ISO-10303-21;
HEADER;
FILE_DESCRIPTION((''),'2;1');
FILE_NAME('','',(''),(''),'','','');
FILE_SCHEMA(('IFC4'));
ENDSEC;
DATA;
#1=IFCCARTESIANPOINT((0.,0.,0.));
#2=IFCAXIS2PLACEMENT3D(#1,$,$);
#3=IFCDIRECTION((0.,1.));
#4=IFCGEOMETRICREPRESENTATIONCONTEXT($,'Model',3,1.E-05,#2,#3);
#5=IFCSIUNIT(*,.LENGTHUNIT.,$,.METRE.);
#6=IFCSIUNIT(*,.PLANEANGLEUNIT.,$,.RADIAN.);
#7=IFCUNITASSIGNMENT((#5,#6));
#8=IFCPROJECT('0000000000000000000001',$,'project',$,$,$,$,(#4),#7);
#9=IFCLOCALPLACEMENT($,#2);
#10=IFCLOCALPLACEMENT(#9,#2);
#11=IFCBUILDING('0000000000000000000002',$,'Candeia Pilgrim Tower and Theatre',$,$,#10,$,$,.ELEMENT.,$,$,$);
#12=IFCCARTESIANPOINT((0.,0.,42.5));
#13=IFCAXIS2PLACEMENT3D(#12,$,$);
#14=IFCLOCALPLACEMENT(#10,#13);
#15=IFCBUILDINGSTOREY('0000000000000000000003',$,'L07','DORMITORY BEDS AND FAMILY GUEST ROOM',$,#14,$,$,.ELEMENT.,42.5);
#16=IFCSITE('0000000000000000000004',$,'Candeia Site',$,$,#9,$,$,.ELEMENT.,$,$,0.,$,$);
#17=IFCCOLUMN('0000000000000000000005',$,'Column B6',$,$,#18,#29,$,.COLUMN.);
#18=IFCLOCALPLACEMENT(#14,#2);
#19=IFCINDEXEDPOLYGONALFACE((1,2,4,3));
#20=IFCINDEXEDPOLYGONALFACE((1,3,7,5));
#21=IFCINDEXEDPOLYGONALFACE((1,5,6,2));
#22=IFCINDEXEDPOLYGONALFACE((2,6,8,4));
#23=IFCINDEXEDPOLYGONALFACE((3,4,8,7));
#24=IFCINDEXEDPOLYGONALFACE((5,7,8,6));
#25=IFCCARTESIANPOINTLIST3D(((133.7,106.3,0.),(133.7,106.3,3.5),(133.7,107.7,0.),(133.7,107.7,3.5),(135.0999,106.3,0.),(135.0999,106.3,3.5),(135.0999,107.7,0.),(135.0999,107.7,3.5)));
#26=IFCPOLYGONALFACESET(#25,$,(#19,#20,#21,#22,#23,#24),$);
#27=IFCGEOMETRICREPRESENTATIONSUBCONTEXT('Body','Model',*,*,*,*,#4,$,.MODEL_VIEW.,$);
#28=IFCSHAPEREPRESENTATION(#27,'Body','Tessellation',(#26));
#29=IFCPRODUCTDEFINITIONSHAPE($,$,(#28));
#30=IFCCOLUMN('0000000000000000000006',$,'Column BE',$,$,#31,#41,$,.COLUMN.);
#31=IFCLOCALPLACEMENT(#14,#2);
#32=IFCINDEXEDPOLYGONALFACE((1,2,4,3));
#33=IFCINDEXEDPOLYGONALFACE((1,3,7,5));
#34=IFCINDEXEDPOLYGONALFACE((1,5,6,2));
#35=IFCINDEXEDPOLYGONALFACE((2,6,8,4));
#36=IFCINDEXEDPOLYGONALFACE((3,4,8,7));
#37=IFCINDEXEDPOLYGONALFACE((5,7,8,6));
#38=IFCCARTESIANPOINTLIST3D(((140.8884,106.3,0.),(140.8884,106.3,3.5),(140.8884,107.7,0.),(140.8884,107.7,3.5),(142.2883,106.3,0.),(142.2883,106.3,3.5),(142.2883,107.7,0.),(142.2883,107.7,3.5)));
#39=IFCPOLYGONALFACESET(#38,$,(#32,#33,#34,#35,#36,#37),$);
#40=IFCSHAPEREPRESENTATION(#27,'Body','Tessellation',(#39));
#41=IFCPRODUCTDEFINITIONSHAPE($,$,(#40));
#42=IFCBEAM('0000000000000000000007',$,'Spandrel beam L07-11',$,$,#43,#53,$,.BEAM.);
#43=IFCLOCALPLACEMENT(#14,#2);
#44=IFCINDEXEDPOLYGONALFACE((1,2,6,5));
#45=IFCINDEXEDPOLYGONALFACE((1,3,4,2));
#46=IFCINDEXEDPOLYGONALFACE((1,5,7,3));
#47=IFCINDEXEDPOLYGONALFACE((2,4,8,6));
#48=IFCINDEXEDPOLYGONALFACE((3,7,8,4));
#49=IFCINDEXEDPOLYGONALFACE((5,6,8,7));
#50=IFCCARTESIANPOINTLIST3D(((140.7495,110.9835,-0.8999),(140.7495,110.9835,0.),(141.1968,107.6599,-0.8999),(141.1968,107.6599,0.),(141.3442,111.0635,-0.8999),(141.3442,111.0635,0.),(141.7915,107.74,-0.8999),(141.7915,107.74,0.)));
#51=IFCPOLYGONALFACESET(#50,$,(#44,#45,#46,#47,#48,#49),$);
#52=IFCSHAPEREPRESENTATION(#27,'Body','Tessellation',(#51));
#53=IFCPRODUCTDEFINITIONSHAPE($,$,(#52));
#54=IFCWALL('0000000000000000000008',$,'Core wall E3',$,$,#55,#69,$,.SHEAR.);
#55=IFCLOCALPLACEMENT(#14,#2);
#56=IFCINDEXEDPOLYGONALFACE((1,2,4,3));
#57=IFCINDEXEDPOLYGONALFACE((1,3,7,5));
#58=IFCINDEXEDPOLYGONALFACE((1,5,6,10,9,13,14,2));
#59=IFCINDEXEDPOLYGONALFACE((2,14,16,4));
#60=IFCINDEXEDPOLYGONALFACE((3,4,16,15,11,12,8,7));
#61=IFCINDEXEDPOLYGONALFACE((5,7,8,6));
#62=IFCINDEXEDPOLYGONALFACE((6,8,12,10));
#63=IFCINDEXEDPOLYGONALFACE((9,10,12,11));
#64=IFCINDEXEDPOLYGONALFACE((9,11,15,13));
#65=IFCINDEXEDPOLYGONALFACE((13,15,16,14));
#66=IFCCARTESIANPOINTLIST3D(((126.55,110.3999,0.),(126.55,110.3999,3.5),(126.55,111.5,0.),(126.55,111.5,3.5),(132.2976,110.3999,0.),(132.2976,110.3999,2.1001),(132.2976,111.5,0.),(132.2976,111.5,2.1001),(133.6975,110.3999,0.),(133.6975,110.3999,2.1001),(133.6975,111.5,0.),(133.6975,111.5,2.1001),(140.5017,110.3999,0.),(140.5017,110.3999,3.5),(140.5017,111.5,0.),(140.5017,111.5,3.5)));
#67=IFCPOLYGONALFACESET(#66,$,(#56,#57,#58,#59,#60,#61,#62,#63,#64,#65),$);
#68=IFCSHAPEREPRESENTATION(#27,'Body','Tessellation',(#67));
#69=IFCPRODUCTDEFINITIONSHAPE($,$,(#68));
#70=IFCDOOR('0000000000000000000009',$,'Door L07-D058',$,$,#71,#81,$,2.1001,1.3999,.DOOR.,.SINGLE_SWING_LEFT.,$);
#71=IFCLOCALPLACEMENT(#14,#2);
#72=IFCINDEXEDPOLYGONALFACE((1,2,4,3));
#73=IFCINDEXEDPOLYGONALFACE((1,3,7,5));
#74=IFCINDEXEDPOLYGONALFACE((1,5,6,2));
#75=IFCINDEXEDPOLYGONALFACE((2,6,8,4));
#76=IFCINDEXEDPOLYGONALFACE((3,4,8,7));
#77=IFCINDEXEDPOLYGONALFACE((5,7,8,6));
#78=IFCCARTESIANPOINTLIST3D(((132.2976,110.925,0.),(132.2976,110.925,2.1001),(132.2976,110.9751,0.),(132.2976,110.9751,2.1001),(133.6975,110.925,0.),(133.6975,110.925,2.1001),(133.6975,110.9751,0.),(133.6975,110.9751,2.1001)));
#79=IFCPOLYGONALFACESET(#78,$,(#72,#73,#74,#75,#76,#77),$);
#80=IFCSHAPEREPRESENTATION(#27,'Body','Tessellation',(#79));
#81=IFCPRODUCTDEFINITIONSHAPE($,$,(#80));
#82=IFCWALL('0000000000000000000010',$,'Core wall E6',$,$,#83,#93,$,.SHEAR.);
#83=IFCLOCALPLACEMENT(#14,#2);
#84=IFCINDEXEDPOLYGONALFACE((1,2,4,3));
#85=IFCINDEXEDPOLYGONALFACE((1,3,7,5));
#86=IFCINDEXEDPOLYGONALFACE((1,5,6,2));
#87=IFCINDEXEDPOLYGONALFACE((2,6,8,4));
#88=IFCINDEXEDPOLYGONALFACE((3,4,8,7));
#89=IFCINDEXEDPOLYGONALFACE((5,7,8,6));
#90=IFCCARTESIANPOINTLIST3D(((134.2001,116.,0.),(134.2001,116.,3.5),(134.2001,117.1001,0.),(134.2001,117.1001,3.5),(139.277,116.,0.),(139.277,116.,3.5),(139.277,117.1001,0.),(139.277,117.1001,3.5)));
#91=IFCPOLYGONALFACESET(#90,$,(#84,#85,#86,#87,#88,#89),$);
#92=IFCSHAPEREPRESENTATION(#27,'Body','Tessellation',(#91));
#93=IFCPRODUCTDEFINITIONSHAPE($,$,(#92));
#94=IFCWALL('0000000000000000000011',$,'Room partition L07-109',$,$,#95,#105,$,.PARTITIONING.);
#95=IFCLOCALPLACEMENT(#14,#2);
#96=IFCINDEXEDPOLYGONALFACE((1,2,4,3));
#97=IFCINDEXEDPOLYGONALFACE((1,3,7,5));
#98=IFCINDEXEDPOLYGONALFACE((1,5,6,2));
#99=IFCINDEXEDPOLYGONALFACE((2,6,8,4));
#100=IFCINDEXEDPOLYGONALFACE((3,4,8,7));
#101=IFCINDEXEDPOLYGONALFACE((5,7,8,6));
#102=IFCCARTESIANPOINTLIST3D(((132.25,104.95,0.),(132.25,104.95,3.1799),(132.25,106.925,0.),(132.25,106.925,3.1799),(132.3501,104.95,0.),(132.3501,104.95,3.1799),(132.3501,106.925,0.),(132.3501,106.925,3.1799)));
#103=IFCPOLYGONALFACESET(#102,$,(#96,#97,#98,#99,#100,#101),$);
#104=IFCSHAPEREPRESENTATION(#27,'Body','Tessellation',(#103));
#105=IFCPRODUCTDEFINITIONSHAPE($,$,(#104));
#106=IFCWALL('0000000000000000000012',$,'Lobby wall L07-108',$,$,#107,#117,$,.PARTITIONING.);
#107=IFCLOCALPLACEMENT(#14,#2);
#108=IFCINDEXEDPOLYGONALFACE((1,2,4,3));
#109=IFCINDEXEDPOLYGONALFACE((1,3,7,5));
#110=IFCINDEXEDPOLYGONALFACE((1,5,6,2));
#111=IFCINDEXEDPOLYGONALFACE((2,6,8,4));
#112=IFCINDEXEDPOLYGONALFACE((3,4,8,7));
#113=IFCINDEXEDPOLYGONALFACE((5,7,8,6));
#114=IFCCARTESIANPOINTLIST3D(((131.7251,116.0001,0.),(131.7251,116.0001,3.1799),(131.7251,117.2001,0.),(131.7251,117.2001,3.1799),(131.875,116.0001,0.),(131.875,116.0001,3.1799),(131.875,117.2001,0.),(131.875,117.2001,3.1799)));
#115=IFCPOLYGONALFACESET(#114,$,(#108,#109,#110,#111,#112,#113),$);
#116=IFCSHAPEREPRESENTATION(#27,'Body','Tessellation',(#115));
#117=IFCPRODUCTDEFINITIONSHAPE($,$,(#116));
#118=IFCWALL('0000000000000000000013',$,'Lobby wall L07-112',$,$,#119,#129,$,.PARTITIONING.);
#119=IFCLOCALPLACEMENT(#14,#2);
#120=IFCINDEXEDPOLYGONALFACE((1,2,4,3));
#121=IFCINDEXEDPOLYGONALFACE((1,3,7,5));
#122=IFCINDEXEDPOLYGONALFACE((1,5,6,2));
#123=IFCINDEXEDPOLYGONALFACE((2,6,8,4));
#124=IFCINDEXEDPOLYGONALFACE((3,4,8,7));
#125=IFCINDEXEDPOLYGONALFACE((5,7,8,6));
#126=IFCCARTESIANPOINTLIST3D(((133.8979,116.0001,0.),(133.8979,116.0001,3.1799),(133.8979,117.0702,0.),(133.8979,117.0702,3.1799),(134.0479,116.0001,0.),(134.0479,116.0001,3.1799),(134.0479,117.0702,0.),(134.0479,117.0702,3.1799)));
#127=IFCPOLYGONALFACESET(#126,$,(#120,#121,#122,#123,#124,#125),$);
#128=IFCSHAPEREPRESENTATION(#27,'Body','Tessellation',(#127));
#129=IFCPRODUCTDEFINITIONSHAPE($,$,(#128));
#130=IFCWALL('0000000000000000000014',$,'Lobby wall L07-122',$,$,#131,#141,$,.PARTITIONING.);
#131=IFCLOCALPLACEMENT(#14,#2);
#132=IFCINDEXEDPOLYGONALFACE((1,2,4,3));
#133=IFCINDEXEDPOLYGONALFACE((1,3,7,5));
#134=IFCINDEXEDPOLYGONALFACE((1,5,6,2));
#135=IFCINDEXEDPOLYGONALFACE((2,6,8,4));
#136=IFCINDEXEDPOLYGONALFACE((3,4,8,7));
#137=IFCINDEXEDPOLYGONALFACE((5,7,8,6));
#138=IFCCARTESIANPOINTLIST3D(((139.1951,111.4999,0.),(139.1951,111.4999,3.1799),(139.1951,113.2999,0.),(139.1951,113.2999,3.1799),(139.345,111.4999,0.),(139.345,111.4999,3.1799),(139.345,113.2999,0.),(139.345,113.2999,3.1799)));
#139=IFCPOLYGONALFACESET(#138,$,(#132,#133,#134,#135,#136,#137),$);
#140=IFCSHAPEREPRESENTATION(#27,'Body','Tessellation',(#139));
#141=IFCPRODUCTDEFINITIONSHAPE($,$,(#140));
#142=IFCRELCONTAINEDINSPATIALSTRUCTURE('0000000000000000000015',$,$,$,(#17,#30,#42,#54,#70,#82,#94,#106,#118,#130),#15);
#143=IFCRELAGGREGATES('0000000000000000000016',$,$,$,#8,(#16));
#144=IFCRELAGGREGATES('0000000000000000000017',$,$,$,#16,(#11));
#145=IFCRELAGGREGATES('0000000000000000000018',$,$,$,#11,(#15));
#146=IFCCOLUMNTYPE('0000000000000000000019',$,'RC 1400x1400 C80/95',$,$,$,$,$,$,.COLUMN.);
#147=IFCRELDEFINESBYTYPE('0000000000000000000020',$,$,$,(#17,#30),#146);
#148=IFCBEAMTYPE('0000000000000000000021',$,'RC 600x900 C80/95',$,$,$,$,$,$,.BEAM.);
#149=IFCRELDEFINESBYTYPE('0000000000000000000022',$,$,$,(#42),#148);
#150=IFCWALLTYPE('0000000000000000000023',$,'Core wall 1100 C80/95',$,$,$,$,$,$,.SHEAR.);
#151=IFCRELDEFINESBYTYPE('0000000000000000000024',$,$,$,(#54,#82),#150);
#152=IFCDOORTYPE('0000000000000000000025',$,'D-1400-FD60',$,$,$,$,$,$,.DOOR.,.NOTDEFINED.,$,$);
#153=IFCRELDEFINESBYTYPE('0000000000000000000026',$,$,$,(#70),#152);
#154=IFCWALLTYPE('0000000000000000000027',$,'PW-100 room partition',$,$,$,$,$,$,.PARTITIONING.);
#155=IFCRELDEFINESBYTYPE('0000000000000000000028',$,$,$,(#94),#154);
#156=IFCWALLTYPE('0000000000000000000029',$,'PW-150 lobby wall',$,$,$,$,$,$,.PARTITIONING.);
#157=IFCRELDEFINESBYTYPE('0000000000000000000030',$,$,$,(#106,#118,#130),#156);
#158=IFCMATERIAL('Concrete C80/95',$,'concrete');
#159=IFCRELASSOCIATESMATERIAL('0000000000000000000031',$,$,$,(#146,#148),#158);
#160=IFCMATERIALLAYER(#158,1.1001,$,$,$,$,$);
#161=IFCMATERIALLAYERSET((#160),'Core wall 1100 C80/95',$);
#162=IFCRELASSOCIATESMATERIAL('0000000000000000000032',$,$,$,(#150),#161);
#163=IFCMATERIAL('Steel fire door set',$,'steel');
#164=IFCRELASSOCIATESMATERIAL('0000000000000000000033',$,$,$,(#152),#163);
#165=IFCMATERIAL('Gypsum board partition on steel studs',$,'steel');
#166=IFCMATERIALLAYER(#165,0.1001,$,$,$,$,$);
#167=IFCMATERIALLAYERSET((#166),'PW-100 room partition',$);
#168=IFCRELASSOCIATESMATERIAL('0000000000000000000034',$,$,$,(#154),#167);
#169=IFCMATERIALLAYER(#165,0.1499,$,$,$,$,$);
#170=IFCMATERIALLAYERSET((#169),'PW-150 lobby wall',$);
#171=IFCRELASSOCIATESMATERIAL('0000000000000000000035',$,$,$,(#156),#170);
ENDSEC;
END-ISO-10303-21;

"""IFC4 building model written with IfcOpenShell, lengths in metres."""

from ifc_helpers import new_model, si_unit, direction, frame, frame_2d, origin, origin_2d, place, context, subcontext, project, spatial, rectangle, extrude, material, layer, layer_set, material_profile, profile_set, type_object, element, fill, save


model = new_model("IFC4")

# Units and contexts
model_context = context("Model", 3, precision=1e-05, world=origin(), true_north=direction((0.0, 1.0)))
body_context = subcontext(model_context, "Body", "Model", "MODEL_VIEW")
ifc_project = project(units=[si_unit("LENGTHUNIT", "METRE"), si_unit("PLANEANGLEUNIT", "RADIAN")], contexts=[model_context])

# Site, building, storey
site_placement = place(None, origin())
site = spatial("IfcSite", under=ifc_project, at=site_placement, Name="Candeia Site", CompositionType="ELEMENT", RefElevation=0.0)
building_placement = place(site_placement, origin())
building = spatial("IfcBuilding", under=site, at=building_placement, Name="Candeia Pilgrim Tower and Theatre", CompositionType="ELEMENT")
storey_placement = place(building_placement, frame((0.0, 0.0, 42.5)))
storey = spatial("IfcBuildingStorey", under=building, at=storey_placement, Name="L07", Description="DORMITORY BEDS AND FAMILY GUEST ROOM", CompositionType="ELEMENT", Elevation=42.5)

# Columns
ifc_material_1 = material(Name="Concrete C80/95", Category="concrete")
ifc_material_profile_1 = material_profile(ifc_material_1, rectangle(XDim=1.3999, YDim=1.3999, at=origin_2d()))
ifc_profile_set_1 = profile_set([ifc_material_profile_1], Name="Concrete C80/95")
column_type = type_object("IfcColumnType", Name="RC 1400x1400 C80/95", PredefinedType="COLUMN", material=ifc_profile_set_1)
for number, where, z_axis, x_axis, name in (
    (1, (134.3999, 107.0, 0.0), (0.0, 0.0, 1.0), (1.0, 0.0, 0.0), "Column B6"),
    (2, (141.5884, 107.0, 0.0), (0.0, 0.0, 1.0), (1.0, 0.0, 0.0), "Column BE"),
):
    element("IfcColumn", number, at=place(storey_placement, frame(where, z_axis=z_axis, x_axis=x_axis)), inside=storey, type_object=column_type, Name=name, PredefinedType="COLUMN", context=body_context, shape_type="SweptSolid", body=[
        extrude(rectangle(XDim=1.3999, YDim=1.3999, at=origin_2d()), origin(), (0.0, 0.0, 1.0), 3.5),
    ])

# Beam
ifc_material_profile_2 = material_profile(ifc_material_1, rectangle(XDim=0.6001, YDim=0.8999, at=origin_2d()))
ifc_profile_set_2 = profile_set([ifc_material_profile_2], Name="Concrete C80/95")
beam_type = type_object("IfcBeamType", Name="RC 600x900 C80/95", PredefinedType="BEAM", material=ifc_profile_set_2)
beam_placement = place(storey_placement, frame((141.4941, 107.7, -0.45), z_axis=(-0.133375, 0.991066, 0.0), x_axis=(-0.991066, -0.133375, 0.0)))
element("IfcBeam", 3, at=beam_placement, inside=storey, type_object=beam_type, Name="Spandrel beam L07-11", PredefinedType="BEAM", context=body_context, shape_type="SweptSolid", body=[
    extrude(rectangle(XDim=0.6001, YDim=0.8999, at=origin_2d()), origin(), (0.0, 0.0, 1.0), 3.3535),
])

# Wall, opening, door
ifc_layer_1 = layer(ifc_material_1, 1.1001)
ifc_layer_set_1 = layer_set([ifc_layer_1], Name="Core wall 1100 C80/95")
wall_type_1 = type_object("IfcWallType", Name="Core wall 1100 C80/95", PredefinedType="SHEAR", material=ifc_layer_set_1)
wall_1_placement = place(storey_placement, frame((140.5017, 110.95, 0.0), z_axis=(0.0, 0.0, 1.0), x_axis=(-1.0, 0.0, 0.0)))
wall_1 = element("IfcWall", 4, at=wall_1_placement, inside=storey, type_object=wall_type_1, Name="Core wall E3", PredefinedType="SHEAR", context=body_context, shape_type="SweptSolid", body=[
    extrude(rectangle(XDim=13.9517, YDim=1.1001, at=frame_2d((6.9758, 0.0))), origin(), (0.0, 0.0, 1.0), 3.5),
])
opening_1_placement = place(wall_1_placement, frame((6.8042, 0.0, 0.0)))
opening_1 = element("IfcOpeningElement", 5, at=opening_1_placement, cuts=wall_1, PredefinedType="OPENING", context=body_context, shape_type="SweptSolid", body=[
    extrude(rectangle(XDim=1.3999, YDim=2.1001, at=frame_2d((0.7, 1.05))), frame((0.0, 0.5601, 0.0), z_axis=(0.0, -1.0, 0.0), x_axis=(1.0, 0.0, 0.0)), (0.0, 0.0, 1.0), 1.1201),
])
ifc_material_2 = material(Name="Steel fire door set", Category="steel")
door_type_1 = type_object("IfcDoorType", Name="D-1400-FD60", OperationType="NOTDEFINED", PredefinedType="DOOR", material=ifc_material_2)
door_1_placement = place(opening_1_placement, origin())
door_1 = element("IfcDoor", 6, at=door_1_placement, inside=storey, type_object=door_type_1, Name="Door L07-D058", OperationType="SINGLE_SWING_LEFT", OverallHeight=2.1001, OverallWidth=1.3999, PredefinedType="DOOR", context=body_context, shape_type="SweptSolid", body=[
    extrude(rectangle(XDim=1.3999, YDim=2.1001, at=frame_2d((0.7, 1.05))), frame((0.0, 0.0249, 0.0), z_axis=(0.0, -1.0, 0.0), x_axis=(1.0, 0.0, 0.0)), (0.0, 0.0, 1.0), 0.05),
])
fill(opening_1, door_1)

# Walls
wall_2_placement = place(storey_placement, frame((134.2, 116.55, 0.0), z_axis=(0.0, 0.0, 1.0), x_axis=(1.0, 0.0, 0.0)))
element("IfcWall", 7, at=wall_2_placement, inside=storey, type_object=wall_type_1, Name="Core wall E6", PredefinedType="SHEAR", context=body_context, shape_type="SweptSolid", body=[
    extrude(rectangle(XDim=5.0769, YDim=1.1001, at=frame_2d((2.5386, 0.0))), origin(), (0.0, 0.0, 1.0), 3.5),
])
ifc_material_3 = material(Name="Gypsum board partition on steel studs", Category="steel")
ifc_layer_2 = layer(ifc_material_3, 0.1001)
ifc_layer_set_2 = layer_set([ifc_layer_2], Name="PW-100 room partition")
wall_type_2 = type_object("IfcWallType", Name="PW-100 room partition", PredefinedType="PARTITIONING", material=ifc_layer_set_2)
wall_3_placement = place(storey_placement, frame((132.3, 104.95, 0.0), z_axis=(0.0, 0.0, 1.0), x_axis=(0.0, 1.0, 0.0)))
element("IfcWall", 8, at=wall_3_placement, inside=storey, type_object=wall_type_2, Name="Room partition L07-109", PredefinedType="PARTITIONING", context=body_context, shape_type="SweptSolid", body=[
    extrude(rectangle(XDim=1.9751, YDim=0.1001, at=frame_2d((0.9875, 0.0))), origin(), (0.0, 0.0, 1.0), 3.1799),
])
ifc_layer_3 = layer(ifc_material_3, 0.1499)
ifc_layer_set_3 = layer_set([ifc_layer_3], Name="PW-150 lobby wall")
wall_type_3 = type_object("IfcWallType", Name="PW-150 lobby wall", PredefinedType="PARTITIONING", material=ifc_layer_set_3)
wall_4_placement = place(storey_placement, frame((131.8, 116.0, 0.0), z_axis=(0.0, 0.0, 1.0), x_axis=(0.0, 1.0, 0.0)))
element("IfcWall", 9, at=wall_4_placement, inside=storey, type_object=wall_type_3, Name="Lobby wall L07-108", PredefinedType="PARTITIONING", context=body_context, shape_type="SweptSolid", body=[
    extrude(rectangle(XDim=1.2, YDim=0.1499, at=frame_2d((0.6001, 0.0))), origin(), (0.0, 0.0, 1.0), 3.1799),
])
wall_5_placement = place(storey_placement, frame((133.9729, 116.0, 0.0), z_axis=(0.0, 0.0, 1.0), x_axis=(0.0, 1.0, 0.0)))
element("IfcWall", 10, at=wall_5_placement, inside=storey, type_object=wall_type_3, Name="Lobby wall L07-112", PredefinedType="PARTITIONING", context=body_context, shape_type="SweptSolid", body=[
    extrude(rectangle(XDim=1.0701, YDim=0.1499, at=frame_2d((0.5352, 0.0))), origin(), (0.0, 0.0, 1.0), 3.1799),
])
wall_6_placement = place(storey_placement, frame((139.27, 111.5, 0.0), z_axis=(0.0, 0.0, 1.0), x_axis=(0.0, 1.0, 0.0)))
element("IfcWall", 11, at=wall_6_placement, inside=storey, type_object=wall_type_3, Name="Lobby wall L07-122", PredefinedType="PARTITIONING", context=body_context, shape_type="SweptSolid", body=[
    extrude(rectangle(XDim=1.8, YDim=0.1499, at=frame_2d((0.8999, 0.0))), origin(), (0.0, 0.0, 1.0), 3.1799),
])

save(model, "model.ifc")
